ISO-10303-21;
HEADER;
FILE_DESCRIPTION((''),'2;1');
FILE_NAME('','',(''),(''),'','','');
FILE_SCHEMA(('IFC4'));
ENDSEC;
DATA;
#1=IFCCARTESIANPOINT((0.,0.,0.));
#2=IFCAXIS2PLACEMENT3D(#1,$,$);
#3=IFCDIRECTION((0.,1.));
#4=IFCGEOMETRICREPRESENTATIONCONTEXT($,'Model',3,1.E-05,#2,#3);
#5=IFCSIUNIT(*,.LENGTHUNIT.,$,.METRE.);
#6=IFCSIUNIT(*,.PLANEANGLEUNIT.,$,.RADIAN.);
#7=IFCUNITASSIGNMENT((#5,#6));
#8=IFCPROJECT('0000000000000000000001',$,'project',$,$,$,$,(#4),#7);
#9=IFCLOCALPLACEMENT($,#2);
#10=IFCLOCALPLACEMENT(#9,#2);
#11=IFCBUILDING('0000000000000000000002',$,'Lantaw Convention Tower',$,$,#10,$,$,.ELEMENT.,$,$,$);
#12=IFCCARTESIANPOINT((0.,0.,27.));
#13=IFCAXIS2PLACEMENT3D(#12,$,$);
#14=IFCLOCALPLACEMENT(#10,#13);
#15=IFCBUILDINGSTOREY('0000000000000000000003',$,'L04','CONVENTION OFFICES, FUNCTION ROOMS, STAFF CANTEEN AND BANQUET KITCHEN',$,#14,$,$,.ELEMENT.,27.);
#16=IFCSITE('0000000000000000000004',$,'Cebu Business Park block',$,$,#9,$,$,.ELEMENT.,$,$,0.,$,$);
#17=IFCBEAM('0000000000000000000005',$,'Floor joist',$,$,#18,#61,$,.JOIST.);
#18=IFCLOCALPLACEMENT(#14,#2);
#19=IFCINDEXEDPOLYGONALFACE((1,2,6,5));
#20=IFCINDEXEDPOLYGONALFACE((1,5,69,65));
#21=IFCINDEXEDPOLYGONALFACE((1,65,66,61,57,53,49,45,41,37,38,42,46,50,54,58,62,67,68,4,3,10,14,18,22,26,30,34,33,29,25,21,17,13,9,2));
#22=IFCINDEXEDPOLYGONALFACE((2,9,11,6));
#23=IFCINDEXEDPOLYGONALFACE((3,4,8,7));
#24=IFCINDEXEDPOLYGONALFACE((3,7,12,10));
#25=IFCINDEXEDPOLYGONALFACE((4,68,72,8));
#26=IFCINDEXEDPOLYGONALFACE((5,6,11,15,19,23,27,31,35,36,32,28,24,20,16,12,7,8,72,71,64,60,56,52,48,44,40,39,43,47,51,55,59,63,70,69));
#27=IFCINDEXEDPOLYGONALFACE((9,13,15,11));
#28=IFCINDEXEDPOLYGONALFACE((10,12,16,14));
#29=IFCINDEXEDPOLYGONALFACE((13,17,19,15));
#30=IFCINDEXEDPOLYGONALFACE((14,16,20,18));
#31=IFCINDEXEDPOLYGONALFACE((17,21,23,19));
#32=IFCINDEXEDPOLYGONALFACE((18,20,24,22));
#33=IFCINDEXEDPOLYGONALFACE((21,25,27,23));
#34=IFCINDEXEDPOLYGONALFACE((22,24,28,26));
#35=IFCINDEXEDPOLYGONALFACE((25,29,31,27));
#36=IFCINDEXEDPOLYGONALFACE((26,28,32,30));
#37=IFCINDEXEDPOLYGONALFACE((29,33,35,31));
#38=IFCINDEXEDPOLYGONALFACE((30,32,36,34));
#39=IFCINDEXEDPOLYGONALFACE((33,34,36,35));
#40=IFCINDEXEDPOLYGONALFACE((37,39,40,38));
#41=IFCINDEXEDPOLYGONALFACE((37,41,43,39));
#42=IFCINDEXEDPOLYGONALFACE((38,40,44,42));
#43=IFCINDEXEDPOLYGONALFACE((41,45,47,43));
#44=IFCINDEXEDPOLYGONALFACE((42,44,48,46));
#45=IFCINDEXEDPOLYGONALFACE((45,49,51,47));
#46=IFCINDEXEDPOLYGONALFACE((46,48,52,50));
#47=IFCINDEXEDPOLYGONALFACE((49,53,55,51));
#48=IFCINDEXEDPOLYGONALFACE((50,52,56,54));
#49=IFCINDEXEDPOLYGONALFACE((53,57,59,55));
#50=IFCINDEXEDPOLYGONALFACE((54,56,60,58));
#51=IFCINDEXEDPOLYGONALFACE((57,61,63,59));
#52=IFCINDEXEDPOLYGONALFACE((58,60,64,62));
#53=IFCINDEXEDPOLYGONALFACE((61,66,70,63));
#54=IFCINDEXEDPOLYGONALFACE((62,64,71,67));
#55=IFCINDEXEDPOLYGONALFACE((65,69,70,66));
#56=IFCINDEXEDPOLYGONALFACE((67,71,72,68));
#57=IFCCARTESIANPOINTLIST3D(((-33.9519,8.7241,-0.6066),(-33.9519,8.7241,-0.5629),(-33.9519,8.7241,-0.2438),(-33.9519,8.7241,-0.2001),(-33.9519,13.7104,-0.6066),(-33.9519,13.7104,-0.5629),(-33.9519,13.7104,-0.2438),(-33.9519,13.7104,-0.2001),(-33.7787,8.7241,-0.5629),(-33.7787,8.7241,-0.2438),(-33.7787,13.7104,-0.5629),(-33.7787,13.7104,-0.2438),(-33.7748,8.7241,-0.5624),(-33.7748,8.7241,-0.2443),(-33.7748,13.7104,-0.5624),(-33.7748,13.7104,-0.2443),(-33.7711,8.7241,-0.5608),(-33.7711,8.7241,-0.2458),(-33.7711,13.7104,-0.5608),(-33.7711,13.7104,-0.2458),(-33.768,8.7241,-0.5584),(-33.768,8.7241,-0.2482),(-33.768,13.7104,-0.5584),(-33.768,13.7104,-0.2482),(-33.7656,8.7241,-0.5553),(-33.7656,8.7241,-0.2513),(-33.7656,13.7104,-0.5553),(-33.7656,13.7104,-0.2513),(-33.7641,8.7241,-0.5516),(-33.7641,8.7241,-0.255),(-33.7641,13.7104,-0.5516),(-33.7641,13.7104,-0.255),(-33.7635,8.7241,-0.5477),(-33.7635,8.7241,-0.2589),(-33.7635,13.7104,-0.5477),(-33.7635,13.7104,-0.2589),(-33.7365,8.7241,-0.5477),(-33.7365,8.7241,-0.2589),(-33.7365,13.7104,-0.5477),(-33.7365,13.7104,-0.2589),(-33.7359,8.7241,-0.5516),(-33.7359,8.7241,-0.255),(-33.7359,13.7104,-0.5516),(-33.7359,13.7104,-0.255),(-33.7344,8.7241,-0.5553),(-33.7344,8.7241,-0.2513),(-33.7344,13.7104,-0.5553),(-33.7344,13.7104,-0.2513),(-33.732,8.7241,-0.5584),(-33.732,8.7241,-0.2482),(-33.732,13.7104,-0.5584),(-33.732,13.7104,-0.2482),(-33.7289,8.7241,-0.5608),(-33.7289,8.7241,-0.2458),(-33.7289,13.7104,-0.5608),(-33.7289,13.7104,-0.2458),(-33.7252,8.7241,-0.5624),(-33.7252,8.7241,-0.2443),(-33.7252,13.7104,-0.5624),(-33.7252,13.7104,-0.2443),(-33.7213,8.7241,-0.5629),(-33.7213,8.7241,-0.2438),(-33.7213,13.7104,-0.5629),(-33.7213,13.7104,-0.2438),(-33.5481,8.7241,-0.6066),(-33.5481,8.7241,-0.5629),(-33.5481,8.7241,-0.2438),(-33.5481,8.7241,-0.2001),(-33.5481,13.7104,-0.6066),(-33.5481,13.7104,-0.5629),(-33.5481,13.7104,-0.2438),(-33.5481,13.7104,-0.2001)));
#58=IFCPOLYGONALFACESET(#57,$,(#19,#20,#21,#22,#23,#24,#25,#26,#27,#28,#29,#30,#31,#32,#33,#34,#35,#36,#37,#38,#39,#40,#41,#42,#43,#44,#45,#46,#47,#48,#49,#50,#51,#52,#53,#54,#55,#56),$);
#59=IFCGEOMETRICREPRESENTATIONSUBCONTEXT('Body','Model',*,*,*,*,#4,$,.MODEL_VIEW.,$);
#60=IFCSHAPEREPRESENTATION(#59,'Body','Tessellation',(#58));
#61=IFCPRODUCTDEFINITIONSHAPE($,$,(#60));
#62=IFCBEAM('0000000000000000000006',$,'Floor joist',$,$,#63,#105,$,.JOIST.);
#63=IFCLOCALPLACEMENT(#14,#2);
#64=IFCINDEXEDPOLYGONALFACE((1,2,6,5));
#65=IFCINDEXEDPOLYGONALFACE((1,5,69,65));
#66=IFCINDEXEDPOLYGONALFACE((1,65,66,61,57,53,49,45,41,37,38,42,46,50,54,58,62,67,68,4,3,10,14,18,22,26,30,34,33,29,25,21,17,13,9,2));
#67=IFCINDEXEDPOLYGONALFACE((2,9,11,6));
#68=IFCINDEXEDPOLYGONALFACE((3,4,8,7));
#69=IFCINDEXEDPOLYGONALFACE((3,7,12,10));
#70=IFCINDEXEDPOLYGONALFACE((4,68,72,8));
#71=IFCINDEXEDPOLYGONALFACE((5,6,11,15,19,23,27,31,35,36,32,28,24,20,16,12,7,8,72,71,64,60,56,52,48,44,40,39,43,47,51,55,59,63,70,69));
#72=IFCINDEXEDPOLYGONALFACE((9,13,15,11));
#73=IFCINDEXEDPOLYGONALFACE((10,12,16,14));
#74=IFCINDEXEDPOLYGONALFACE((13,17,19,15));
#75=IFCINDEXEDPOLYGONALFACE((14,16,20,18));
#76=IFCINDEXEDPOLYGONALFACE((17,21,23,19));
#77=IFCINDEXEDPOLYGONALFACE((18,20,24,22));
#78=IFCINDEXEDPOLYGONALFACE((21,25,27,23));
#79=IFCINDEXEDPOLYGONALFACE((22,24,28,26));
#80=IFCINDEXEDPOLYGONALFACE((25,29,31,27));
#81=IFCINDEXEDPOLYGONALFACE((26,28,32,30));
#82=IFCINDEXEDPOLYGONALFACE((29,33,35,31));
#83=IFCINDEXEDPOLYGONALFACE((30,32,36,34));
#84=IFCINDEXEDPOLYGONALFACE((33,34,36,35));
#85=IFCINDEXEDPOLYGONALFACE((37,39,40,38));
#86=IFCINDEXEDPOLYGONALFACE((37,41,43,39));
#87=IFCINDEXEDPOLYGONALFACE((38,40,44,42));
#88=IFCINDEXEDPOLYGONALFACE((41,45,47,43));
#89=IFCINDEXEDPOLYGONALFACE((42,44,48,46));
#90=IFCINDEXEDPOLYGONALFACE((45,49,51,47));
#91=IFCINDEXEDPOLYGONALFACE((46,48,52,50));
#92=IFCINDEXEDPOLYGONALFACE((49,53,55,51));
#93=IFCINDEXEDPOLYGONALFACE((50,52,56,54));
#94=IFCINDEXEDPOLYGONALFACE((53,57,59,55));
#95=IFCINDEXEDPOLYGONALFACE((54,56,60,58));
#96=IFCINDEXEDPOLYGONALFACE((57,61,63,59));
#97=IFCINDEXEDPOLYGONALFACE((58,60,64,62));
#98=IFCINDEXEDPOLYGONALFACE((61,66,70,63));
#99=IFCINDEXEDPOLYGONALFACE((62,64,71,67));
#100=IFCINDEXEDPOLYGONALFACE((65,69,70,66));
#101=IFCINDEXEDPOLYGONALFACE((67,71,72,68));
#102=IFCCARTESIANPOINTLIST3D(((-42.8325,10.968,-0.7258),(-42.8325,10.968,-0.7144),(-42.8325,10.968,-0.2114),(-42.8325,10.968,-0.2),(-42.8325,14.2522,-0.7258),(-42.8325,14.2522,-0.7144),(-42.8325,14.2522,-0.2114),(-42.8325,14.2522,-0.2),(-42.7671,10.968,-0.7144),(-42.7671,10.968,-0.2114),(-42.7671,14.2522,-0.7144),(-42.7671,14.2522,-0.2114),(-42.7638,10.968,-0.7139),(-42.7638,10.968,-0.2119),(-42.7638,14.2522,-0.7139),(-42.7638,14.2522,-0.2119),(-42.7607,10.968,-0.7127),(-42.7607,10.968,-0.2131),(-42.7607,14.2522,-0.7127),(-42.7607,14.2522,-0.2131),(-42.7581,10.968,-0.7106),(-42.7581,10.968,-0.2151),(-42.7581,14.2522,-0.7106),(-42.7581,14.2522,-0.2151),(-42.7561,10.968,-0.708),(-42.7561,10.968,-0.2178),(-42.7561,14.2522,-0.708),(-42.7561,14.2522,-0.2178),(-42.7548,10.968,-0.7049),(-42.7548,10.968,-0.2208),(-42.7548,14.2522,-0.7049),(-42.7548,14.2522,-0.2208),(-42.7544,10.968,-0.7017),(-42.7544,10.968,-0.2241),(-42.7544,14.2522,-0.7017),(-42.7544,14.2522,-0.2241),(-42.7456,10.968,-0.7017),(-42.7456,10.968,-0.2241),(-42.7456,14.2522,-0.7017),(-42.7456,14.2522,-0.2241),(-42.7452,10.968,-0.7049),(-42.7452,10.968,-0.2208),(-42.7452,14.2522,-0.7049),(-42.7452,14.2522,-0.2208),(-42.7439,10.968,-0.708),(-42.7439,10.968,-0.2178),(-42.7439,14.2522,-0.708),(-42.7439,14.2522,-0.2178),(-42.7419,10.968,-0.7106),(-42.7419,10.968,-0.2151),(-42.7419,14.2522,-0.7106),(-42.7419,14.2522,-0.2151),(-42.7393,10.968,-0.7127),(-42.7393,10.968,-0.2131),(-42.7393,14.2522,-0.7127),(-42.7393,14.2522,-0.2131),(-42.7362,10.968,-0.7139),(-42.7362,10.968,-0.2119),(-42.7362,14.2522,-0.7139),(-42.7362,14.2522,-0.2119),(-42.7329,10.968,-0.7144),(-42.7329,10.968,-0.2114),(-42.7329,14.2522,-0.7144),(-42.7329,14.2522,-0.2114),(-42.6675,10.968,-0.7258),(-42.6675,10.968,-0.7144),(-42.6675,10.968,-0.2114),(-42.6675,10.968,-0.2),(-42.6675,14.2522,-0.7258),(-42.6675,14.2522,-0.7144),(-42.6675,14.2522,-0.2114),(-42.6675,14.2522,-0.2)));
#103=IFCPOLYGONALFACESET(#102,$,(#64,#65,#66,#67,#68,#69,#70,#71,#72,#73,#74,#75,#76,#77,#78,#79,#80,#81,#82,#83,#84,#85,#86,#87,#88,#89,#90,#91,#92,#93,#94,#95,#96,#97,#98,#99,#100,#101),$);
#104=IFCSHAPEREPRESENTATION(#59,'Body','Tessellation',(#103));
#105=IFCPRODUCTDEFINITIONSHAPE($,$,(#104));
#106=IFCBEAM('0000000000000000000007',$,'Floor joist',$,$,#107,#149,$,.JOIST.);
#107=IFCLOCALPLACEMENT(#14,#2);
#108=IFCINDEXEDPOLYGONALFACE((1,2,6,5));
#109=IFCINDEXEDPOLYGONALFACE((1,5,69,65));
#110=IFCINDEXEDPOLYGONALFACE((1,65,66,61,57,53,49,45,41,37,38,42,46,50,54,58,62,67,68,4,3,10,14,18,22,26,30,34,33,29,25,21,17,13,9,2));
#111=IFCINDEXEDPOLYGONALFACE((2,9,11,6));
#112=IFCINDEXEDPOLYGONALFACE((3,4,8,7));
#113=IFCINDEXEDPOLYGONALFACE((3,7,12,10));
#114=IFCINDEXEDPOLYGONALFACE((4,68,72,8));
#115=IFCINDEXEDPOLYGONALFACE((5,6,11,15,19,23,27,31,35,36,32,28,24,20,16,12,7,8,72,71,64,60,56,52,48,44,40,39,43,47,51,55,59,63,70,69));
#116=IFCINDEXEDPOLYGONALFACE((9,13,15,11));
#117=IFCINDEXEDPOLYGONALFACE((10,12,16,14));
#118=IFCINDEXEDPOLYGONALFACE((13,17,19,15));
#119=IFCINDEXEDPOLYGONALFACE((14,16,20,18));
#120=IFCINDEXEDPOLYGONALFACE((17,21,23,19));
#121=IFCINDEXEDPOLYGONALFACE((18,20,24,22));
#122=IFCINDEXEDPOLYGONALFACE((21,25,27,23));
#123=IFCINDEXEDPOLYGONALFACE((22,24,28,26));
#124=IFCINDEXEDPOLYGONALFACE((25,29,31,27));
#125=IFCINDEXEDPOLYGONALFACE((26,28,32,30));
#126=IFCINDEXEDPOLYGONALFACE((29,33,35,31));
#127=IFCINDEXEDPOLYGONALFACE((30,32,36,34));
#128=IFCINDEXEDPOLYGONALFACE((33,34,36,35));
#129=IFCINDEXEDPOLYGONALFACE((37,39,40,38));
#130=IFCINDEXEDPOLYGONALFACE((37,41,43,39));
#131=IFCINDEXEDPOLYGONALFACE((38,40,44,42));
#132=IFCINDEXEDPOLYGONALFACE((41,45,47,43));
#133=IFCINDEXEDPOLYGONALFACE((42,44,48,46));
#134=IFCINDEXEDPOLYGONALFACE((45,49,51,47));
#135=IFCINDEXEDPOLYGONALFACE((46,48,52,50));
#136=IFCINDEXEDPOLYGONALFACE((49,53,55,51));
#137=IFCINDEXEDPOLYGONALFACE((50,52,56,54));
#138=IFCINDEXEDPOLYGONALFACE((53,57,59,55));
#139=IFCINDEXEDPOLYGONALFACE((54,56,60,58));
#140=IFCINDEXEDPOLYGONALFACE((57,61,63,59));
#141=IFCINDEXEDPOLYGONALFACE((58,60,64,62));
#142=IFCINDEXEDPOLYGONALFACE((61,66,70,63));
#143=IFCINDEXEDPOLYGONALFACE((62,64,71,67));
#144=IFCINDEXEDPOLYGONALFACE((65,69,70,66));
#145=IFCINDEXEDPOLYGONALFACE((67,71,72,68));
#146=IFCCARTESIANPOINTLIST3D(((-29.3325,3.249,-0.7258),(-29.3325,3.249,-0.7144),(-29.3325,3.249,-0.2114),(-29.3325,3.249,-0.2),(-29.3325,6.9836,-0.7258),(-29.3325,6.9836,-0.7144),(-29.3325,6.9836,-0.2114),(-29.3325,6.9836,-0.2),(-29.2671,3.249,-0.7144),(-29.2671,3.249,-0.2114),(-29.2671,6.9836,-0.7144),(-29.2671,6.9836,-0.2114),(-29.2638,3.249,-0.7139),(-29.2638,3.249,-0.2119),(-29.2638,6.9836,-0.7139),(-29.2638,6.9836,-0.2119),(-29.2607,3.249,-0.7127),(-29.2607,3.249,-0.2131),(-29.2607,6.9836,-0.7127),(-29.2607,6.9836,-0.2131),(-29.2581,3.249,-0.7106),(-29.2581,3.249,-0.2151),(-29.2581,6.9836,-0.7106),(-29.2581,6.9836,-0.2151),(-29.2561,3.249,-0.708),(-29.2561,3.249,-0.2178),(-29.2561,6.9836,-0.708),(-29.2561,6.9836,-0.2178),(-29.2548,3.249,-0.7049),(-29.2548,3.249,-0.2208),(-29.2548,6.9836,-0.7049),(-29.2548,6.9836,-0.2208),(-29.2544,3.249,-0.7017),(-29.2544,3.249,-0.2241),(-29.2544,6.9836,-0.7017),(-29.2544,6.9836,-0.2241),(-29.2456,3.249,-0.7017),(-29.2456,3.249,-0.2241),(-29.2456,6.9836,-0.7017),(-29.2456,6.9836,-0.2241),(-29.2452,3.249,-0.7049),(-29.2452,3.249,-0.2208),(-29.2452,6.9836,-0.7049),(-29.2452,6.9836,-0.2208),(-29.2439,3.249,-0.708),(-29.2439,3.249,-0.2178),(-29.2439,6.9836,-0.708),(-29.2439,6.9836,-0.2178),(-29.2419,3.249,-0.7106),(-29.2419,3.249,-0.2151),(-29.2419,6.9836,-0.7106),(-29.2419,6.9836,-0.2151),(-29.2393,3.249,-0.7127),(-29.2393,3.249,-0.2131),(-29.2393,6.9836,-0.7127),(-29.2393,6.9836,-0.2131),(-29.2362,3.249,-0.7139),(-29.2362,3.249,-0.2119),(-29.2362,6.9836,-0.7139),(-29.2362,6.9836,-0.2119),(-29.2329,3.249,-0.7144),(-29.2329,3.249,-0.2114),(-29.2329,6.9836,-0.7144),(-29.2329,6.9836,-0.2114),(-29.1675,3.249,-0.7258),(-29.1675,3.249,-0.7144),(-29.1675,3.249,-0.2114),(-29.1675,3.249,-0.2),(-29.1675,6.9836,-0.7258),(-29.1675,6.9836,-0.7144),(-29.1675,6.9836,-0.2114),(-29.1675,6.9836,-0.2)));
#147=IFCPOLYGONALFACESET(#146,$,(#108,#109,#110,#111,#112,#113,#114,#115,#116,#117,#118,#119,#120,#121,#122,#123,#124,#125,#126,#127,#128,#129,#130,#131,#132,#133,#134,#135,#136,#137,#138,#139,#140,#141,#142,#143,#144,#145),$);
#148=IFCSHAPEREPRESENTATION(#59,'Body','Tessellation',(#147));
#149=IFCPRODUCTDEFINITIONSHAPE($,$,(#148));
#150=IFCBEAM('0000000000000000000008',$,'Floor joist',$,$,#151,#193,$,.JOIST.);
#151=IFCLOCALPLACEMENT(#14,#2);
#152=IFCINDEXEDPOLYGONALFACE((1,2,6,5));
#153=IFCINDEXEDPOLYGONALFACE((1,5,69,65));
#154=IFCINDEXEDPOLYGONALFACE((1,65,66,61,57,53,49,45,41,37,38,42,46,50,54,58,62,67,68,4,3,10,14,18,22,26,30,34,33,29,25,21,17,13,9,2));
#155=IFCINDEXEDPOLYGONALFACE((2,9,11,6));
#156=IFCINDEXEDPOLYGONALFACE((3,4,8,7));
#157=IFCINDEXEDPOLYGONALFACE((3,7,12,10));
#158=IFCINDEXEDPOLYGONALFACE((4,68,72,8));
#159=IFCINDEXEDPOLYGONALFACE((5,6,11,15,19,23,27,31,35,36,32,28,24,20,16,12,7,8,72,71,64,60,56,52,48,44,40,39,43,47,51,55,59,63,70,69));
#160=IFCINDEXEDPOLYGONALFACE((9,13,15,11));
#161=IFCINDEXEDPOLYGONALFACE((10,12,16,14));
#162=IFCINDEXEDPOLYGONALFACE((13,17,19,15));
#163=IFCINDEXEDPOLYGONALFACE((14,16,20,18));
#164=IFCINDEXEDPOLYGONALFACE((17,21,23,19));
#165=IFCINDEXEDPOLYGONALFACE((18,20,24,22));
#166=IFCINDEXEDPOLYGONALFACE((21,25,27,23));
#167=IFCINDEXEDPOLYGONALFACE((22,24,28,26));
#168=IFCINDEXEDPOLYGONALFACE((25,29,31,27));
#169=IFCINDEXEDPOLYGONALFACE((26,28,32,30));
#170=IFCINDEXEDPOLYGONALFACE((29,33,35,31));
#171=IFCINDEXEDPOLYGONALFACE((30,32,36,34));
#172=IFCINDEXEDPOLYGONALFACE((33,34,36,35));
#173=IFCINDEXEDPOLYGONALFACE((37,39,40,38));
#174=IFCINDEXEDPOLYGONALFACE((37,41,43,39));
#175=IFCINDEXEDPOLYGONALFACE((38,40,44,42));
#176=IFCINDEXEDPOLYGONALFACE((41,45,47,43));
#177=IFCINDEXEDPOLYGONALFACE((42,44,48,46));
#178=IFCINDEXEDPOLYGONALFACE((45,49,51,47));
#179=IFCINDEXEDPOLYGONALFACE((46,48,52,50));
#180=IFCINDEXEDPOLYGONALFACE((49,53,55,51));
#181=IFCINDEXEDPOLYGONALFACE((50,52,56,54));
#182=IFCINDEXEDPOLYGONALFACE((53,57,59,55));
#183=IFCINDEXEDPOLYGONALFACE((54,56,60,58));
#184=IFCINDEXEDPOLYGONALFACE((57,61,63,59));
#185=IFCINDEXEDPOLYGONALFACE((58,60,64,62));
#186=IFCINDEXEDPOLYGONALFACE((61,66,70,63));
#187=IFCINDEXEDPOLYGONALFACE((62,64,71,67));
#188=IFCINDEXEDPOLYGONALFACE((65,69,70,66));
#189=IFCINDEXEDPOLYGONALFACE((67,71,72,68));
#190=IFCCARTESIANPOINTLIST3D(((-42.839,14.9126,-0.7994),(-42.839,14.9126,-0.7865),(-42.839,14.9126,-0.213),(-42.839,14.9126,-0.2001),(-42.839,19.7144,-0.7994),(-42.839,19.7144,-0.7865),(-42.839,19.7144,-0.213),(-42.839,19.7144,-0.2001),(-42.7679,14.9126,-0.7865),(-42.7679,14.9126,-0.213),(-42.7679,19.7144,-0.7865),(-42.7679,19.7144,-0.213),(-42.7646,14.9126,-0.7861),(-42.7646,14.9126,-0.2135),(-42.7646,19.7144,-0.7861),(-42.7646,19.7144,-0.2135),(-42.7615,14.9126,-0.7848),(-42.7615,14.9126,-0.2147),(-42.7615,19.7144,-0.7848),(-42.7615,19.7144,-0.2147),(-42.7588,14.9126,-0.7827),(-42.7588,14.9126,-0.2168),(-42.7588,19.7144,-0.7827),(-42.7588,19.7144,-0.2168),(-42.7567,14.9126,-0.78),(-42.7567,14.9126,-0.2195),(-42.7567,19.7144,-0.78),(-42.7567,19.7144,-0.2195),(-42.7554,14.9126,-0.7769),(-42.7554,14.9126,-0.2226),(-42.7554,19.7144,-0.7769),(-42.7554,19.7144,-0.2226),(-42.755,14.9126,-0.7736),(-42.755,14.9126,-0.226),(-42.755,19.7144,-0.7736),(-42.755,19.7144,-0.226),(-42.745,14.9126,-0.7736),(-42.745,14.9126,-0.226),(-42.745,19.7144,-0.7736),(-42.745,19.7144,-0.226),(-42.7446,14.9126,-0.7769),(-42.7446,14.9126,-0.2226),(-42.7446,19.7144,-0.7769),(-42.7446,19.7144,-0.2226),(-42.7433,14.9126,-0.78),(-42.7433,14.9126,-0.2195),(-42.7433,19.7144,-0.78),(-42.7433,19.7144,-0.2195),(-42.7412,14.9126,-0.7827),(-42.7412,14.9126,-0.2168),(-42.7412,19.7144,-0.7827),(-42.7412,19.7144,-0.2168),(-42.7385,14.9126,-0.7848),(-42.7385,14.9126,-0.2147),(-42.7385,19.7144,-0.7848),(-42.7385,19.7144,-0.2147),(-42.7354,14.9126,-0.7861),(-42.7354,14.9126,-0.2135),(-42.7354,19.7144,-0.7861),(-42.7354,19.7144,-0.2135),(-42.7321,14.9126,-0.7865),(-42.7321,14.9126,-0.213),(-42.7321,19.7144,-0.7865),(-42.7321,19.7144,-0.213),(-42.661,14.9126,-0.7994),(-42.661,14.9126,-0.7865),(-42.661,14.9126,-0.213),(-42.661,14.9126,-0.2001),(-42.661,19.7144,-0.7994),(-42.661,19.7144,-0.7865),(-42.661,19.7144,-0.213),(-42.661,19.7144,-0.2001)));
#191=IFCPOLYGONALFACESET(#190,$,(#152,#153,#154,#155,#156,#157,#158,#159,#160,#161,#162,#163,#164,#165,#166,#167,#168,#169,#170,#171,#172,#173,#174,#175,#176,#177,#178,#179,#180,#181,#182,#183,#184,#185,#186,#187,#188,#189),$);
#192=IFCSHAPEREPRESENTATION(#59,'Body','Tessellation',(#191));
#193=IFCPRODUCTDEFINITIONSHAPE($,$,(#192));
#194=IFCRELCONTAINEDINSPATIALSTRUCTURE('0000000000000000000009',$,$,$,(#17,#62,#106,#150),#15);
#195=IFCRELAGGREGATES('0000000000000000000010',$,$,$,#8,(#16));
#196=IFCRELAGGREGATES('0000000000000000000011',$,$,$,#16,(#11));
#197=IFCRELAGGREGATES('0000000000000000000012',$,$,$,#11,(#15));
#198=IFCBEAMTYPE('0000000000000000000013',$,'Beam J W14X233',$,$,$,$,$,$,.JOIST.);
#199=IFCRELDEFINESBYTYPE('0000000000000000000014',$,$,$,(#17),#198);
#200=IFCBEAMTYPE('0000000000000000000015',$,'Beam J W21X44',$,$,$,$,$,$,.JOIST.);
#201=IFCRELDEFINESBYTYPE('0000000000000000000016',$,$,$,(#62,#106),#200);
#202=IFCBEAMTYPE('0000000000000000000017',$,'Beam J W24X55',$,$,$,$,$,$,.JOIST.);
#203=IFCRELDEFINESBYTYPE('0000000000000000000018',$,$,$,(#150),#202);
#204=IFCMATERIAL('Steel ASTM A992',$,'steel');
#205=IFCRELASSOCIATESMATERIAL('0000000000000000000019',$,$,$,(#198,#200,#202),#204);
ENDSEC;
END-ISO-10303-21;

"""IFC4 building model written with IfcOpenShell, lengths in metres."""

from ifc_helpers import new_model, si_unit, direction, frame, origin, origin_2d, place, context, subcontext, project, spatial, i_section, extrude, material, material_profile, profile_set, type_object, element, save


model = new_model("IFC4")

# Units and contexts
model_context = context("Model", 3, precision=1e-05, world=origin(), true_north=direction((0.0, 1.0)))
body_context = subcontext(model_context, "Body", "Model", "MODEL_VIEW")
ifc_project = project(units=[si_unit("LENGTHUNIT", "METRE"), si_unit("PLANEANGLEUNIT", "RADIAN")], contexts=[model_context])

# Site, building, storey
site_placement = place(None, origin())
site = spatial("IfcSite", under=ifc_project, at=site_placement, Name="Cebu Business Park block", CompositionType="ELEMENT", RefElevation=0.0)
building_placement = place(site_placement, origin())
building = spatial("IfcBuilding", under=site, at=building_placement, Name="Lantaw Convention Tower", CompositionType="ELEMENT")
storey_placement = place(building_placement, frame((0.0, 0.0, 27.0)))
storey = spatial("IfcBuildingStorey", under=building, at=storey_placement, Name="L04", Description="CONVENTION OFFICES, FUNCTION ROOMS, STAFF CANTEEN AND BANQUET KITCHEN", CompositionType="ELEMENT", Elevation=27.0)

# Beams
ifc_material_1 = material(Name="Steel ASTM A992", Category="steel")
ifc_material_profile_1 = material_profile(ifc_material_1, i_section(OverallWidth=0.4038, OverallDepth=0.4065, WebThickness=0.0271, FlangeThickness=0.0437, FilletRadius=0.0151, at=origin_2d()), Name="W14X233")
ifc_profile_set_1 = profile_set([ifc_material_profile_1], Name="Steel ASTM A992")
beam_type_1 = type_object("IfcBeamType", Name="Beam J W14X233", PredefinedType="JOIST", material=ifc_profile_set_1)
beam_1_placement = place(storey_placement, frame((-33.75, 8.7241, -0.4033), z_axis=(0.0, 1.0, 0.0), x_axis=(-1.0, 0.0, 0.0)))
element("IfcBeam", 1, at=beam_1_placement, inside=storey, type_object=beam_type_1, Name="Floor joist", PredefinedType="JOIST", context=body_context, shape_type="SweptSolid", body=[
    extrude(i_section(OverallWidth=0.4038, OverallDepth=0.4065, WebThickness=0.0271, FlangeThickness=0.0437, FilletRadius=0.0151, at=origin_2d()), origin(), (0.0, 0.0, 1.0), 4.9863),
])
ifc_material_profile_2 = material_profile(ifc_material_1, i_section(OverallWidth=0.165, OverallDepth=0.5259, WebThickness=0.0088, FlangeThickness=0.0115, FilletRadius=0.0127, at=origin_2d()), Name="W21X44")
ifc_profile_set_2 = profile_set([ifc_material_profile_2], Name="Steel ASTM A992")
beam_type_2 = type_object("IfcBeamType", Name="Beam J W21X44", PredefinedType="JOIST", material=ifc_profile_set_2)
beam_2_placement = place(storey_placement, frame((-42.75, 10.968, -0.4629), z_axis=(0.0, 1.0, 0.0), x_axis=(-1.0, 0.0, 0.0)))
element("IfcBeam", 2, at=beam_2_placement, inside=storey, type_object=beam_type_2, Name="Floor joist", PredefinedType="JOIST", context=body_context, shape_type="SweptSolid", body=[
    extrude(i_section(OverallWidth=0.165, OverallDepth=0.5259, WebThickness=0.0088, FlangeThickness=0.0115, FilletRadius=0.0127, at=origin_2d()), origin(), (0.0, 0.0, 1.0), 3.2842),
])
beam_3_placement = place(storey_placement, frame((-29.25, 3.249, -0.4629), z_axis=(0.0, 1.0, 0.0), x_axis=(-1.0, 0.0, 0.0)))
element("IfcBeam", 3, at=beam_3_placement, inside=storey, type_object=beam_type_2, Name="Floor joist", PredefinedType="JOIST", context=body_context, shape_type="SweptSolid", body=[
    extrude(i_section(OverallWidth=0.165, OverallDepth=0.5259, WebThickness=0.0088, FlangeThickness=0.0115, FilletRadius=0.0127, at=origin_2d()), origin(), (0.0, 0.0, 1.0), 3.7346),
])
ifc_material_profile_3 = material_profile(ifc_material_1, i_section(OverallWidth=0.178, OverallDepth=0.5994, WebThickness=0.01, FlangeThickness=0.0129, FilletRadius=0.0129, at=origin_2d()), Name="W24X55")
ifc_profile_set_3 = profile_set([ifc_material_profile_3], Name="Steel ASTM A992")
beam_type_3 = type_object("IfcBeamType", Name="Beam J W24X55", PredefinedType="JOIST", material=ifc_profile_set_3)
beam_4_placement = place(storey_placement, frame((-42.75, 14.9126, -0.4998), z_axis=(0.0, 1.0, 0.0), x_axis=(-1.0, 0.0, 0.0)))
element("IfcBeam", 4, at=beam_4_placement, inside=storey, type_object=beam_type_3, Name="Floor joist", PredefinedType="JOIST", context=body_context, shape_type="SweptSolid", body=[
    extrude(i_section(OverallWidth=0.178, OverallDepth=0.5994, WebThickness=0.01, FlangeThickness=0.0129, FilletRadius=0.0129, at=origin_2d()), origin(), (0.0, 0.0, 1.0), 4.8018),
])

save(model, "model.ifc")
